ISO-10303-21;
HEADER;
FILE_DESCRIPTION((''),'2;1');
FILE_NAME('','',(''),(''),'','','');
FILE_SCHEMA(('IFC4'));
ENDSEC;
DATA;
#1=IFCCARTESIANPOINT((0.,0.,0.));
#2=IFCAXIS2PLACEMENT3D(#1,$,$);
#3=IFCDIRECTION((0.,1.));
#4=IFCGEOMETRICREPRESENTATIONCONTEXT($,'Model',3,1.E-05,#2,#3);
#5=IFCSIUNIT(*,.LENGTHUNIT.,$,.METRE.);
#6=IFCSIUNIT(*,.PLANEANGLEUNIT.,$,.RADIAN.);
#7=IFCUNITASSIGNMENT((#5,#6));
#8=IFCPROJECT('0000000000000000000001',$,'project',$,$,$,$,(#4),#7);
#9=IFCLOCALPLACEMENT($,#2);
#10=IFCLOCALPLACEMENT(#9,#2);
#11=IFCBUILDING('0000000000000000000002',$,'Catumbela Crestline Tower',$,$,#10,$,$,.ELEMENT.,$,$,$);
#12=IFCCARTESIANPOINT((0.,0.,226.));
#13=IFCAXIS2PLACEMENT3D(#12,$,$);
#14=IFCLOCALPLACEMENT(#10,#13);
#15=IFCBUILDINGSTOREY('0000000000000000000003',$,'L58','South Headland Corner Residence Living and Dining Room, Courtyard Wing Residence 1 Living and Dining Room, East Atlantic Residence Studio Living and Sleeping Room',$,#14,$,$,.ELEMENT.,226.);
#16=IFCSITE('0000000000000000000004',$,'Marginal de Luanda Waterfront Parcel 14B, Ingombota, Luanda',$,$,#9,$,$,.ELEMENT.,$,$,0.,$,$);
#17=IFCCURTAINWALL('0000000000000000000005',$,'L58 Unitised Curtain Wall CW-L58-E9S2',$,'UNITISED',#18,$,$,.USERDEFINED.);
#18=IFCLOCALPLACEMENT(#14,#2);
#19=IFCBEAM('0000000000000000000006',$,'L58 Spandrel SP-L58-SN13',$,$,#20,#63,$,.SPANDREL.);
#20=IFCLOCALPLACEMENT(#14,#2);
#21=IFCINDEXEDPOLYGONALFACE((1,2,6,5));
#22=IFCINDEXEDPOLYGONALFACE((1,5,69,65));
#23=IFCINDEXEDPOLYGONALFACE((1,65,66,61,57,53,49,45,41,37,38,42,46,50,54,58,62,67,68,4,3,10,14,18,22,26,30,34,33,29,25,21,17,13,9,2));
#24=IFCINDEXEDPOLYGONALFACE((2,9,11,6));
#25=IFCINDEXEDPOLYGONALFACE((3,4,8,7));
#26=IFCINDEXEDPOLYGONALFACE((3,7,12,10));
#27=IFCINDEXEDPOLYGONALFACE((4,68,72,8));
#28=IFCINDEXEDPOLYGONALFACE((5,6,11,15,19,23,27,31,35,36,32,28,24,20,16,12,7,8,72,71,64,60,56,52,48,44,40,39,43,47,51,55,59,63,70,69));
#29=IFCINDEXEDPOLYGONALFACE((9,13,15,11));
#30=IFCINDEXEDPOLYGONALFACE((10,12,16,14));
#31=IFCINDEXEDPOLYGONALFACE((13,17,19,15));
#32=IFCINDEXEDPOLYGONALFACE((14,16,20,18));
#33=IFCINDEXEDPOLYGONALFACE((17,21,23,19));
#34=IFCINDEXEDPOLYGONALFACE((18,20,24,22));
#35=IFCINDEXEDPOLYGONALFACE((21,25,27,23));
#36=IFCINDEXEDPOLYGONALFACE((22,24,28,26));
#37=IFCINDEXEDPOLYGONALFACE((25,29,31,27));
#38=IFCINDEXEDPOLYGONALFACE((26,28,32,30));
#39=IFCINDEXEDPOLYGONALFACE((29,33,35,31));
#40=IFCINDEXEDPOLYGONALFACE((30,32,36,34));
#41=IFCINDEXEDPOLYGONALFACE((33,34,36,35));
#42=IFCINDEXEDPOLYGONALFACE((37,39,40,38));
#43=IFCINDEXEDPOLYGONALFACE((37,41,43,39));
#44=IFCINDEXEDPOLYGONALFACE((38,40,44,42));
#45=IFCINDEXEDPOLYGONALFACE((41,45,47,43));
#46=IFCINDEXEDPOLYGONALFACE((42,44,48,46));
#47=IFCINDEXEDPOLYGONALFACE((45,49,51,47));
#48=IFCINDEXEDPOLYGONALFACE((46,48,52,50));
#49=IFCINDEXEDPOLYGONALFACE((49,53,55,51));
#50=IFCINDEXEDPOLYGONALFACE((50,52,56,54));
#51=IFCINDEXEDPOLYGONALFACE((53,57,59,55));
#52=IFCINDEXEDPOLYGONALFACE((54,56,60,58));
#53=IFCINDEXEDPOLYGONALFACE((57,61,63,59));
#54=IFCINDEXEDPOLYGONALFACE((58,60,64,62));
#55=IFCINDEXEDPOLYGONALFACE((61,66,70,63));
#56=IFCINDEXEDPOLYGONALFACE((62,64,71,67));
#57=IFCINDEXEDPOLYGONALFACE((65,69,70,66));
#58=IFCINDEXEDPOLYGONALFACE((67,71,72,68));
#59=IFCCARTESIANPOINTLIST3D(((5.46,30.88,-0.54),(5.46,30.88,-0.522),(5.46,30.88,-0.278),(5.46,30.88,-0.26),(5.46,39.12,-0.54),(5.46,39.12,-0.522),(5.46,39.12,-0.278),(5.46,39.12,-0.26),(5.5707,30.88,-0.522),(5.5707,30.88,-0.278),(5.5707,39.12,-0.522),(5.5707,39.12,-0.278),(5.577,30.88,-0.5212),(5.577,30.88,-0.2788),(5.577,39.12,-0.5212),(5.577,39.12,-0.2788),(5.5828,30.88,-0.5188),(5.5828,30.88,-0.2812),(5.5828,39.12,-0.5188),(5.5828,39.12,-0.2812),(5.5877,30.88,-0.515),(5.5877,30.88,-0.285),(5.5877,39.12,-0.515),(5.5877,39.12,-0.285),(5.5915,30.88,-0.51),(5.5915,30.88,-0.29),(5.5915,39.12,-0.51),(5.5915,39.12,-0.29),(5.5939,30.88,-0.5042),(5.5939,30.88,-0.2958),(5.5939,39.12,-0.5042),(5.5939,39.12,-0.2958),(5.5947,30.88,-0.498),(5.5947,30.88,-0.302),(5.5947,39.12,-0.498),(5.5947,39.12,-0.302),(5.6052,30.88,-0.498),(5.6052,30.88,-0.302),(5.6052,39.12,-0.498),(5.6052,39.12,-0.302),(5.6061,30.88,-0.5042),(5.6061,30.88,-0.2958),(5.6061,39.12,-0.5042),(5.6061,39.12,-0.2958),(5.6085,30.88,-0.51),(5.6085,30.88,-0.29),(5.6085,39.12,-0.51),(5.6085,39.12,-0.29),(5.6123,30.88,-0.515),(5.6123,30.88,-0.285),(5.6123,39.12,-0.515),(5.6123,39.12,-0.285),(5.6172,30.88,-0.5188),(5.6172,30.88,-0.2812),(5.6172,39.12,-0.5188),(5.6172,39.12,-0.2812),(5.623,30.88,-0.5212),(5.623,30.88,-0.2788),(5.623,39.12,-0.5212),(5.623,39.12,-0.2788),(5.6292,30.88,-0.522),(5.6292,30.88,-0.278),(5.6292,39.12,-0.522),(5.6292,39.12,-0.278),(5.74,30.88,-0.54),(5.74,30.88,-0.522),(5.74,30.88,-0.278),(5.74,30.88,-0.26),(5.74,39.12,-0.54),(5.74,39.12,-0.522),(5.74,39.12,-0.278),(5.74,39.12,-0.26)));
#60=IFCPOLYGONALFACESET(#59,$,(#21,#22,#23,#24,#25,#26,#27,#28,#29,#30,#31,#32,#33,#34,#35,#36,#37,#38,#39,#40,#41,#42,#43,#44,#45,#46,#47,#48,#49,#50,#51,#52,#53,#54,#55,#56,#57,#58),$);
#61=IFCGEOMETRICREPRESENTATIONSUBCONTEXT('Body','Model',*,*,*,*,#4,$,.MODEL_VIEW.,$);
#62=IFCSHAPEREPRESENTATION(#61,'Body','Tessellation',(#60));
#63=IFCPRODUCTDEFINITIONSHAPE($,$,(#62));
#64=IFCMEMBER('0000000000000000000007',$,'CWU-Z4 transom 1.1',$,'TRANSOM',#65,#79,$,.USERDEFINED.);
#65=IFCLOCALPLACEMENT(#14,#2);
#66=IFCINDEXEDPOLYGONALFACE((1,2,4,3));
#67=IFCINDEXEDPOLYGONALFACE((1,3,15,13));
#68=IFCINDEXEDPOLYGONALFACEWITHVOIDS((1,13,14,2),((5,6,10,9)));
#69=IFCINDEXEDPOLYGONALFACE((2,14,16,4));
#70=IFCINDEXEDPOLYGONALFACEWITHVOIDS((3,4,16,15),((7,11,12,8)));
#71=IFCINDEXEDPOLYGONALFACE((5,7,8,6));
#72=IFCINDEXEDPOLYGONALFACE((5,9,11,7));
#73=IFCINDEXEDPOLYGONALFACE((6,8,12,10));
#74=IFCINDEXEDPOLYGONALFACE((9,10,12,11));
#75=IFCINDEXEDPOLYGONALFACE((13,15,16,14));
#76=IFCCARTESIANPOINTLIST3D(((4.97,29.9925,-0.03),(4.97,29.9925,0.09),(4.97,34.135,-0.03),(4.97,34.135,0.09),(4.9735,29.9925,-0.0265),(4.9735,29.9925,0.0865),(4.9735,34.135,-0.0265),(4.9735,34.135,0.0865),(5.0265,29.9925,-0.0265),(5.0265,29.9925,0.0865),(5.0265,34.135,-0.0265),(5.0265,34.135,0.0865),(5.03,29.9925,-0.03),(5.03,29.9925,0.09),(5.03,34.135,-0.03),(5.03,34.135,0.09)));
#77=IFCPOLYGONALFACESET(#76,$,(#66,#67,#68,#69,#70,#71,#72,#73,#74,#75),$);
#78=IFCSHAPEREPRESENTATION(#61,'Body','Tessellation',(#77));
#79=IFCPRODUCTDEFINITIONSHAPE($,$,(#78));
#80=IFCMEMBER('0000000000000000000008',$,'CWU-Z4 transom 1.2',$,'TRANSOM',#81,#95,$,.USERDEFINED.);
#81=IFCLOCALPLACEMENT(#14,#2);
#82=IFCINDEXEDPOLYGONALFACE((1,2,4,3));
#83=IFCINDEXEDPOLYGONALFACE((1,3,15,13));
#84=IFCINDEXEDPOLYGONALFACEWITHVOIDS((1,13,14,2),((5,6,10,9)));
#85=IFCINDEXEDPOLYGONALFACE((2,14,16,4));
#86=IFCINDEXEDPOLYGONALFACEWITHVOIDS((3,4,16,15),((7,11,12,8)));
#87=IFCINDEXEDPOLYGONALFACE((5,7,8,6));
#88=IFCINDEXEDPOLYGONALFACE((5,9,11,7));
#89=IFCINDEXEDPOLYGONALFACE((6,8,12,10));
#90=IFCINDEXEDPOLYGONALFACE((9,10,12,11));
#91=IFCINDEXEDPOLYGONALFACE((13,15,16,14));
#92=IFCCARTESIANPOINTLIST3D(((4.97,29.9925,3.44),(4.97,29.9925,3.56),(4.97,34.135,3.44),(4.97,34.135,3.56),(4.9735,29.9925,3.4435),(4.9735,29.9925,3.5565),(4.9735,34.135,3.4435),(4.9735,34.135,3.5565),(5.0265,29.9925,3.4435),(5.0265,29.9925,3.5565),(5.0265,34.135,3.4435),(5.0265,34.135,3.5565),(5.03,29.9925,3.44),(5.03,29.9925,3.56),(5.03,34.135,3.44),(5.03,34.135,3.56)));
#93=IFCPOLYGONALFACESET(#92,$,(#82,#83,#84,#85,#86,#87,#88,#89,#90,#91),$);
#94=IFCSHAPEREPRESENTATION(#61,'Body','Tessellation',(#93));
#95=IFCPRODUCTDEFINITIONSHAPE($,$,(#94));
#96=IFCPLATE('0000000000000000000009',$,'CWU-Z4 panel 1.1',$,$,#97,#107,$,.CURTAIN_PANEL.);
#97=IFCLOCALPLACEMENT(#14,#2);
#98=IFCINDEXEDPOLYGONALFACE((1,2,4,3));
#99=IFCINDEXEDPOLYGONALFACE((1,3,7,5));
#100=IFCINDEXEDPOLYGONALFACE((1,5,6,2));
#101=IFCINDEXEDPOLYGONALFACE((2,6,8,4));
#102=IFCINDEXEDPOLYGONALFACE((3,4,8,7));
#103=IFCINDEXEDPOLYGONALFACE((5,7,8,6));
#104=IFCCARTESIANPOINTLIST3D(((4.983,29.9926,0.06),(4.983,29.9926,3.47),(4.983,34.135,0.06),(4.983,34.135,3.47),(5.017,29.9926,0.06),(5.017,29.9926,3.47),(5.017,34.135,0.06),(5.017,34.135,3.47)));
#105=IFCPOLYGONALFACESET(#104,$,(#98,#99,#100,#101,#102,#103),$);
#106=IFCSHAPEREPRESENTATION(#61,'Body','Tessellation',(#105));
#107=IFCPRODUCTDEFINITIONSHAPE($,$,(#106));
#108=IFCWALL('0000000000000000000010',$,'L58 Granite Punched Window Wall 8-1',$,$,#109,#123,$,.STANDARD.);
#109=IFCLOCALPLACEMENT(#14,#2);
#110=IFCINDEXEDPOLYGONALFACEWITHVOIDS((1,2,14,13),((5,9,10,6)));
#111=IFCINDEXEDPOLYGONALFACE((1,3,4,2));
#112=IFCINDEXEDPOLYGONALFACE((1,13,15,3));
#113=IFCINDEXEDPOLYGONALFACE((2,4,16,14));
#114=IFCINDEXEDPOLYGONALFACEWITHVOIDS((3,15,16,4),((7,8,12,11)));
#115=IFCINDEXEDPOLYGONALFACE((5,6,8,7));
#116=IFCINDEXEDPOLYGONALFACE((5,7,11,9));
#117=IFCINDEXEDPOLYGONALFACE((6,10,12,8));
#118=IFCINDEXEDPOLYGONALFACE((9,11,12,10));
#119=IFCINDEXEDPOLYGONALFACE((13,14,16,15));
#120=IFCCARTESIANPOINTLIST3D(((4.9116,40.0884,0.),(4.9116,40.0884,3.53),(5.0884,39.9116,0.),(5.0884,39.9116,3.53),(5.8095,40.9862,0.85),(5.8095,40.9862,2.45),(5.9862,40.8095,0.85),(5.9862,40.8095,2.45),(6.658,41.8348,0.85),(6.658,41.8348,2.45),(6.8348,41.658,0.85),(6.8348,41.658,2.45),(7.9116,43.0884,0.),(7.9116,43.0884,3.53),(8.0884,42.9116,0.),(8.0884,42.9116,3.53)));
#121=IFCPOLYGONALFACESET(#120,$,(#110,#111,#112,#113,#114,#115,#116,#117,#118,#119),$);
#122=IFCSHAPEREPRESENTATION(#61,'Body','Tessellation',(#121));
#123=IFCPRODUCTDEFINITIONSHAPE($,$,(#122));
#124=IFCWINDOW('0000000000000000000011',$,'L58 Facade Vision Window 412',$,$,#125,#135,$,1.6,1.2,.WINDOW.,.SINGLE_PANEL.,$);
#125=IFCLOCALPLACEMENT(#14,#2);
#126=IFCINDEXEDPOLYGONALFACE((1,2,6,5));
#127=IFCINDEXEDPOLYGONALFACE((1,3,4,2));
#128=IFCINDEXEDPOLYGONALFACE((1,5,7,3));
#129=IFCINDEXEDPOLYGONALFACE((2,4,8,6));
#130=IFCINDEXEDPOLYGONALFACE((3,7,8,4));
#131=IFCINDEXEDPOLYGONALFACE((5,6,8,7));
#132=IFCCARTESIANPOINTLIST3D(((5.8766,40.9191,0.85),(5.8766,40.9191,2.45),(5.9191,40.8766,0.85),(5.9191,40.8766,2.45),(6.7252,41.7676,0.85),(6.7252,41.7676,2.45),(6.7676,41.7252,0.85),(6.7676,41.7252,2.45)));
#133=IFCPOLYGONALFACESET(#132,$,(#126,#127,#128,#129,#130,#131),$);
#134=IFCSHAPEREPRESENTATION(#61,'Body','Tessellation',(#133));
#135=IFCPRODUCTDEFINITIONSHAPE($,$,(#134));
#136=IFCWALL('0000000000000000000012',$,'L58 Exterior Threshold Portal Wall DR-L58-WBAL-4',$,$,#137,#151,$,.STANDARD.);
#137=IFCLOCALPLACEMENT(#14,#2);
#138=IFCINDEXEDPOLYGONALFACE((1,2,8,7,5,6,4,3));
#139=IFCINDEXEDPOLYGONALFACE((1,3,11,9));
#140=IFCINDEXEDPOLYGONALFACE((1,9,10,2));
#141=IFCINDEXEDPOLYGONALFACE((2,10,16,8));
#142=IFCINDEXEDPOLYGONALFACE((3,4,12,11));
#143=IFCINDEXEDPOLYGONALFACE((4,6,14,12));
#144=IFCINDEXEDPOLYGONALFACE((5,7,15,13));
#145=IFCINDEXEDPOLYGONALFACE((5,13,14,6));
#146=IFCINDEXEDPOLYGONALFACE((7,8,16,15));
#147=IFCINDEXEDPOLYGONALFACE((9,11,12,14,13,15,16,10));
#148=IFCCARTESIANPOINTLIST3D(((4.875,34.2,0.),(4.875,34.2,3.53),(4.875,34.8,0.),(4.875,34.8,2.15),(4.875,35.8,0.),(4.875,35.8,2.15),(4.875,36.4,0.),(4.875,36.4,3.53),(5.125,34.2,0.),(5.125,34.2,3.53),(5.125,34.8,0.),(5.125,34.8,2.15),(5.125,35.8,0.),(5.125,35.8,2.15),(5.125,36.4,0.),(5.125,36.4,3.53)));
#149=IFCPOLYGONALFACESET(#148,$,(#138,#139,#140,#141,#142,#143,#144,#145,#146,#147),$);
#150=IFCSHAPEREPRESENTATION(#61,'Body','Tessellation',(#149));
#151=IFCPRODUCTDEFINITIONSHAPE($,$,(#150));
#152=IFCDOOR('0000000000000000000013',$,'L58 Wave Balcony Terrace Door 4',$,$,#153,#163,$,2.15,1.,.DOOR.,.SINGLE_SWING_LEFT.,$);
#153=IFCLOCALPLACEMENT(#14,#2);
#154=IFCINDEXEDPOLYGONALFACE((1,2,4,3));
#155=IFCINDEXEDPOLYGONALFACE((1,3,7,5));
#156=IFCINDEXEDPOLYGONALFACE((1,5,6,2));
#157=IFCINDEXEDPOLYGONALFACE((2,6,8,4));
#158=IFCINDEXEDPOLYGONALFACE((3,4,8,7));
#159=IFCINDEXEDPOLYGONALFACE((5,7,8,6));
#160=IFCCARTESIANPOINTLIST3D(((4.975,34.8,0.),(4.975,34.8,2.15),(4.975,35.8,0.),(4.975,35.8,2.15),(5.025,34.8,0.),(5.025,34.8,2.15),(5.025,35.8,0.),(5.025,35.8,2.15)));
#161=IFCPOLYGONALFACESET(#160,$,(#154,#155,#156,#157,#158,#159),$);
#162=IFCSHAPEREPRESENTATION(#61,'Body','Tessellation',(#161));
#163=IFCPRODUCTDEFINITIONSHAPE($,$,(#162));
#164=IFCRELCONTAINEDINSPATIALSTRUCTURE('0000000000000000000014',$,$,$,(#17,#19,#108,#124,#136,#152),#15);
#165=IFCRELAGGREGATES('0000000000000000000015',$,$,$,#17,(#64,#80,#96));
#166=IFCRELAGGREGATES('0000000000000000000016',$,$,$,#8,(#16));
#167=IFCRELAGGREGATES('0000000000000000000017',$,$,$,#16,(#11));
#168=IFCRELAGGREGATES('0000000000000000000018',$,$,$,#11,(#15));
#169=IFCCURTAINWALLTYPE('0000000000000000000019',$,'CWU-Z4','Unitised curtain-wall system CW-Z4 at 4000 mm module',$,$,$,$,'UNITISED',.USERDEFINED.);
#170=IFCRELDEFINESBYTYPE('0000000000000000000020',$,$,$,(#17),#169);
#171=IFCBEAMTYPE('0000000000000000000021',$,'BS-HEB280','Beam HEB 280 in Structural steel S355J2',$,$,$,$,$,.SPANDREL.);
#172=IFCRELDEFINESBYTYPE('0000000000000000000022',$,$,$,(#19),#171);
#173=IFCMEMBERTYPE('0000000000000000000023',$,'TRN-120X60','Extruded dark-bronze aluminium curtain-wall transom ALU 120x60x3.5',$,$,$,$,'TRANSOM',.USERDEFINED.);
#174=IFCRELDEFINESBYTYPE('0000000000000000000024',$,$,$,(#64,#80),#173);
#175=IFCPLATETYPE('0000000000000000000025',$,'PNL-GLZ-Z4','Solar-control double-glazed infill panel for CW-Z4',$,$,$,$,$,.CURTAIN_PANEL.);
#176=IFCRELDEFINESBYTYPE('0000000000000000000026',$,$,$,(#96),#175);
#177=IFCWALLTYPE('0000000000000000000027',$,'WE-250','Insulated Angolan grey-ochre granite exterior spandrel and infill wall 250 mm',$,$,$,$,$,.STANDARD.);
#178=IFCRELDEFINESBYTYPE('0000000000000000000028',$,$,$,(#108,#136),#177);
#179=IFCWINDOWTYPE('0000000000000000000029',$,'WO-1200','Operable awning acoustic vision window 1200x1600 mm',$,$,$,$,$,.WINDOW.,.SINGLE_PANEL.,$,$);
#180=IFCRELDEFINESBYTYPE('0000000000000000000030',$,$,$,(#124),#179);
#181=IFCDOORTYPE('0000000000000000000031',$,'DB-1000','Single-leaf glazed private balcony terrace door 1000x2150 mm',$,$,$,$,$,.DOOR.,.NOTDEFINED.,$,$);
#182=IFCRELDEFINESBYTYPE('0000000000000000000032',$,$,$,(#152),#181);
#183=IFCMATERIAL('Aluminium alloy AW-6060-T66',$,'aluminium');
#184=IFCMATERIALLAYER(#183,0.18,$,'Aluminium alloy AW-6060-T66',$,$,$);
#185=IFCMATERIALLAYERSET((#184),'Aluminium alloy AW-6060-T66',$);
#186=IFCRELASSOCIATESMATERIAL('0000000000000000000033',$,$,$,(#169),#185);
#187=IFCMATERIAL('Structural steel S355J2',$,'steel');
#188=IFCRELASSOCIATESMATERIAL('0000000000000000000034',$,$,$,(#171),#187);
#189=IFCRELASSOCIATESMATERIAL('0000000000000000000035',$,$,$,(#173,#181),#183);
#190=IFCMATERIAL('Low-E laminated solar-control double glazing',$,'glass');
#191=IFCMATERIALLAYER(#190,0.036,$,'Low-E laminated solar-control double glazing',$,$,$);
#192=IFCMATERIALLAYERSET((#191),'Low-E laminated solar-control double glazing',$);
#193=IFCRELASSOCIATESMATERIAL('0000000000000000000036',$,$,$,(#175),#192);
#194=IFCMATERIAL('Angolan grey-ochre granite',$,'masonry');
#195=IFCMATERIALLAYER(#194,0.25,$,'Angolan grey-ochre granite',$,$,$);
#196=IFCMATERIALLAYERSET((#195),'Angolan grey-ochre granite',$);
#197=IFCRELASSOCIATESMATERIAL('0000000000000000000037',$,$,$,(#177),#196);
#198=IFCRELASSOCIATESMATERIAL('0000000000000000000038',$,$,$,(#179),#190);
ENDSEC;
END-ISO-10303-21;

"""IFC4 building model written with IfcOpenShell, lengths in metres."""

from ifc_helpers import new_model, si_unit, direction, frame, frame_2d, origin, origin_2d, place, context, subcontext, project, spatial, rectangle, hollow_rectangle, i_section, extrude, material, layer, layer_set, material_profile, profile_set, type_object, element, fill, aggregate, save


model = new_model("IFC4")

# Units and contexts
model_context = context("Model", 3, precision=1e-05, world=origin(), true_north=direction((0.0, 1.0)))
body_context = subcontext(model_context, "Body", "Model", "MODEL_VIEW")
ifc_project = project(units=[si_unit("LENGTHUNIT", "METRE"), si_unit("PLANEANGLEUNIT", "RADIAN")], contexts=[model_context])

# Site, building, storey
site_placement = place(None, origin())
site = spatial("IfcSite", under=ifc_project, at=site_placement, Name="Marginal de Luanda Waterfront Parcel 14B, Ingombota, Luanda", CompositionType="ELEMENT", RefElevation=0.0)
building_placement = place(site_placement, origin())
building = spatial("IfcBuilding", under=site, at=building_placement, Name="Catumbela Crestline Tower", CompositionType="ELEMENT")
storey_placement = place(building_placement, frame((0.0, 0.0, 226.0)))
storey = spatial("IfcBuildingStorey", under=building, at=storey_placement, Name="L58", Description="South Headland Corner Residence Living and Dining Room, Courtyard Wing Residence 1 Living and Dining Room, East Atlantic Residence Studio Living and Sleeping Room", CompositionType="ELEMENT", Elevation=226.0)

# Shared definitions
ifc_material_1 = material(Name="Structural steel S355J2", Category="steel")

# Curtain wall
ifc_material_2 = material(Name="Aluminium alloy AW-6060-T66", Category="aluminium")
ifc_layer_1 = layer(ifc_material_2, 0.18, Name="Aluminium alloy AW-6060-T66")
ifc_layer_set_1 = layer_set([ifc_layer_1], Name="Aluminium alloy AW-6060-T66")
curtain_wall_type = type_object("IfcCurtainWallType", Name="CWU-Z4", Description="Unitised curtain-wall system CW-Z4 at 4000 mm module", ElementType="UNITISED", PredefinedType="USERDEFINED", material=ifc_layer_set_1)
curtain_wall_1_placement = place(storey_placement, origin())
curtain_wall_1 = element("IfcCurtainWall", 1, at=curtain_wall_1_placement, inside=storey, type_object=curtain_wall_type, Name="L58 Unitised Curtain Wall CW-L58-E9S2", ObjectType="UNITISED", PredefinedType="USERDEFINED")

# Beam
ifc_material_profile_1 = material_profile(ifc_material_1, i_section(OverallWidth=0.28, OverallDepth=0.28, WebThickness=0.0105, FlangeThickness=0.018, FilletRadius=0.024, at=origin_2d()), Name="HEB 280")
ifc_profile_set_1 = profile_set([ifc_material_profile_1], Name="Structural steel S355J2")
beam_type = type_object("IfcBeamType", Name="BS-HEB280", Description="Beam HEB 280 in Structural steel S355J2", PredefinedType="SPANDREL", material=ifc_profile_set_1)
beam_1_placement = place(storey_placement, frame((5.6, 30.88, -0.4), z_axis=(0.0, 1.0, 0.0), x_axis=(-1.0, 0.0, 0.0)))
element("IfcBeam", 2, at=beam_1_placement, inside=storey, type_object=beam_type, Name="L58 Spandrel SP-L58-SN13", PredefinedType="SPANDREL", context=body_context, shape_type="SweptSolid", body=[
    extrude(i_section(OverallWidth=0.28, OverallDepth=0.28, WebThickness=0.0105, FlangeThickness=0.018, FilletRadius=0.024, at=origin_2d()), origin(), (0.0, 0.0, 1.0), 8.24),
])

# Members
ifc_material_profile_2 = material_profile(ifc_material_2, hollow_rectangle(XDim=0.06, YDim=0.12, WallThickness=0.0035, at=origin_2d()), Name="ALU 120x60x3.5")
ifc_profile_set_2 = profile_set([ifc_material_profile_2], Name="Aluminium alloy AW-6060-T66")
member_type_1 = type_object("IfcMemberType", Name="TRN-120X60", Description="Extruded dark-bronze aluminium curtain-wall transom ALU 120x60x3.5", ElementType="TRANSOM", PredefinedType="USERDEFINED", material=ifc_profile_set_2)
member_1_placement = place(storey_placement, frame((5.0, 34.135, 0.03), z_axis=(0.0, -1.0, 0.0), x_axis=(1.0, 0.0, 0.0)))
member_1 = element("IfcMember", 3, at=member_1_placement, type_object=member_type_1, Name="CWU-Z4 transom 1.1", ObjectType="TRANSOM", PredefinedType="USERDEFINED", context=body_context, shape_type="SweptSolid", body=[
    extrude(hollow_rectangle(XDim=0.06, YDim=0.12, WallThickness=0.0035, at=origin_2d()), origin(), (0.0, 0.0, 1.0), 4.1425),
])
member_2_placement = place(storey_placement, frame((5.0, 34.135, 3.5), z_axis=(0.0, -1.0, 0.0), x_axis=(1.0, 0.0, 0.0)))
member_2 = element("IfcMember", 4, at=member_2_placement, type_object=member_type_1, Name="CWU-Z4 transom 1.2", ObjectType="TRANSOM", PredefinedType="USERDEFINED", context=body_context, shape_type="SweptSolid", body=[
    extrude(hollow_rectangle(XDim=0.06, YDim=0.12, WallThickness=0.0035, at=origin_2d()), origin(), (0.0, 0.0, 1.0), 4.1425),
])

# Plate
ifc_material_3 = material(Name="Low-E laminated solar-control double glazing", Category="glass")
ifc_layer_2 = layer(ifc_material_3, 0.036, Name="Low-E laminated solar-control double glazing")
ifc_layer_set_2 = layer_set([ifc_layer_2], Name="Low-E laminated solar-control double glazing")
plate_type = type_object("IfcPlateType", Name="PNL-GLZ-Z4", Description="Solar-control double-glazed infill panel for CW-Z4", PredefinedType="CURTAIN_PANEL", material=ifc_layer_set_2)
plate_placement = place(storey_placement, frame((5.0, 32.0638, 0.06), z_axis=(0.0, 0.0, 1.0), x_axis=(0.0, -1.0, 0.0)))
plate = element("IfcPlate", 5, at=plate_placement, type_object=plate_type, Name="CWU-Z4 panel 1.1", PredefinedType="CURTAIN_PANEL", context=body_context, shape_type="SweptSolid", body=[
    extrude(rectangle(XDim=4.1425, YDim=0.034, at=origin_2d()), origin(), (0.0, 0.0, 1.0), 3.41),
])
aggregate(curtain_wall_1, [member_1, member_2, plate])

# Wall, opening, window
ifc_material_4 = material(Name="Angolan grey-ochre granite", Category="masonry")
ifc_layer_3 = layer(ifc_material_4, 0.25, Name="Angolan grey-ochre granite")
ifc_layer_set_3 = layer_set([ifc_layer_3], Name="Angolan grey-ochre granite")
wall_type_1 = type_object("IfcWallType", Name="WE-250", Description="Insulated Angolan grey-ochre granite exterior spandrel and infill wall 250 mm", PredefinedType="STANDARD", material=ifc_layer_set_3)
wall_1_placement = place(storey_placement, frame((8.0, 43.0, 0.0), z_axis=(0.0, 0.0, 1.0), x_axis=(-0.707107, -0.707107, 0.0)))
wall_1 = element("IfcWall", 6, at=wall_1_placement, inside=storey, type_object=wall_type_1, Name="L58 Granite Punched Window Wall 8-1", PredefinedType="STANDARD", context=body_context, shape_type="SweptSolid", body=[
    extrude(rectangle(XDim=4.2426, YDim=0.25, at=frame_2d((2.1213, 0.0))), origin(), (0.0, 0.0, 1.0), 3.53),
])
opening_1_placement = place(wall_1_placement, frame((1.7729, 0.0, 0.85)))
opening_1 = element("IfcOpeningElement", 7, at=opening_1_placement, cuts=wall_1, PredefinedType="OPENING", context=body_context, shape_type="SweptSolid", body=[
    extrude(rectangle(XDim=1.2, YDim=1.6, at=frame_2d((0.6, 0.8))), frame((0.0, 0.135, 0.0), z_axis=(0.0, -1.0, 0.0), x_axis=(1.0, 0.0, 0.0)), (0.0, 0.0, 1.0), 0.27),
])
window_type_1 = type_object("IfcWindowType", Name="WO-1200", Description="Operable awning acoustic vision window 1200x1600 mm", PartitioningType="SINGLE_PANEL", PredefinedType="WINDOW", material=ifc_material_3)
window_1_placement = place(opening_1_placement, origin())
window_1 = element("IfcWindow", 8, at=window_1_placement, inside=storey, type_object=window_type_1, Name="L58 Facade Vision Window 412", OverallHeight=1.6, OverallWidth=1.2, PartitioningType="SINGLE_PANEL", PredefinedType="WINDOW", context=body_context, shape_type="SweptSolid", body=[
    extrude(rectangle(XDim=1.2, YDim=1.6, at=frame_2d((0.6, 0.8))), frame((0.0, 0.03, 0.0), z_axis=(0.0, -1.0, 0.0), x_axis=(1.0, 0.0, 0.0)), (0.0, 0.0, 1.0), 0.06),
])
fill(opening_1, window_1)

# Wall, opening, door
wall_2_placement = place(storey_placement, frame((5.0, 36.4, 0.0), z_axis=(0.0, 0.0, 1.0), x_axis=(0.0, -1.0, 0.0)))
wall_2 = element("IfcWall", 9, at=wall_2_placement, inside=storey, type_object=wall_type_1, Name="L58 Exterior Threshold Portal Wall DR-L58-WBAL-4", PredefinedType="STANDARD", context=body_context, shape_type="SweptSolid", body=[
    extrude(rectangle(XDim=2.2, YDim=0.25, at=frame_2d((1.1, 0.0))), origin(), (0.0, 0.0, 1.0), 3.53),
])
opening_2_placement = place(wall_2_placement, frame((0.6, 0.0, 0.0)))
opening_2 = element("IfcOpeningElement", 10, at=opening_2_placement, cuts=wall_2, PredefinedType="OPENING", context=body_context, shape_type="SweptSolid", body=[
    extrude(rectangle(XDim=1.0, YDim=2.15, at=frame_2d((0.5, 1.075))), frame((0.0, 0.135, 0.0), z_axis=(0.0, -1.0, 0.0), x_axis=(1.0, 0.0, 0.0)), (0.0, 0.0, 1.0), 0.27),
])
door_type_1 = type_object("IfcDoorType", Name="DB-1000", Description="Single-leaf glazed private balcony terrace door 1000x2150 mm", OperationType="NOTDEFINED", PredefinedType="DOOR", material=ifc_material_2)
door_1_placement = place(opening_2_placement, origin())
door_1 = element("IfcDoor", 11, at=door_1_placement, inside=storey, type_object=door_type_1, Name="L58 Wave Balcony Terrace Door 4", OperationType="SINGLE_SWING_LEFT", OverallHeight=2.15, OverallWidth=1.0, PredefinedType="DOOR", context=body_context, shape_type="SweptSolid", body=[
    extrude(rectangle(XDim=1.0, YDim=2.15, at=frame_2d((0.5, 1.075))), frame((0.0, 0.025, 0.0), z_axis=(0.0, -1.0, 0.0), x_axis=(1.0, 0.0, 0.0)), (0.0, 0.0, 1.0), 0.05),
])
fill(opening_2, door_1)

save(model, "model.ifc")
